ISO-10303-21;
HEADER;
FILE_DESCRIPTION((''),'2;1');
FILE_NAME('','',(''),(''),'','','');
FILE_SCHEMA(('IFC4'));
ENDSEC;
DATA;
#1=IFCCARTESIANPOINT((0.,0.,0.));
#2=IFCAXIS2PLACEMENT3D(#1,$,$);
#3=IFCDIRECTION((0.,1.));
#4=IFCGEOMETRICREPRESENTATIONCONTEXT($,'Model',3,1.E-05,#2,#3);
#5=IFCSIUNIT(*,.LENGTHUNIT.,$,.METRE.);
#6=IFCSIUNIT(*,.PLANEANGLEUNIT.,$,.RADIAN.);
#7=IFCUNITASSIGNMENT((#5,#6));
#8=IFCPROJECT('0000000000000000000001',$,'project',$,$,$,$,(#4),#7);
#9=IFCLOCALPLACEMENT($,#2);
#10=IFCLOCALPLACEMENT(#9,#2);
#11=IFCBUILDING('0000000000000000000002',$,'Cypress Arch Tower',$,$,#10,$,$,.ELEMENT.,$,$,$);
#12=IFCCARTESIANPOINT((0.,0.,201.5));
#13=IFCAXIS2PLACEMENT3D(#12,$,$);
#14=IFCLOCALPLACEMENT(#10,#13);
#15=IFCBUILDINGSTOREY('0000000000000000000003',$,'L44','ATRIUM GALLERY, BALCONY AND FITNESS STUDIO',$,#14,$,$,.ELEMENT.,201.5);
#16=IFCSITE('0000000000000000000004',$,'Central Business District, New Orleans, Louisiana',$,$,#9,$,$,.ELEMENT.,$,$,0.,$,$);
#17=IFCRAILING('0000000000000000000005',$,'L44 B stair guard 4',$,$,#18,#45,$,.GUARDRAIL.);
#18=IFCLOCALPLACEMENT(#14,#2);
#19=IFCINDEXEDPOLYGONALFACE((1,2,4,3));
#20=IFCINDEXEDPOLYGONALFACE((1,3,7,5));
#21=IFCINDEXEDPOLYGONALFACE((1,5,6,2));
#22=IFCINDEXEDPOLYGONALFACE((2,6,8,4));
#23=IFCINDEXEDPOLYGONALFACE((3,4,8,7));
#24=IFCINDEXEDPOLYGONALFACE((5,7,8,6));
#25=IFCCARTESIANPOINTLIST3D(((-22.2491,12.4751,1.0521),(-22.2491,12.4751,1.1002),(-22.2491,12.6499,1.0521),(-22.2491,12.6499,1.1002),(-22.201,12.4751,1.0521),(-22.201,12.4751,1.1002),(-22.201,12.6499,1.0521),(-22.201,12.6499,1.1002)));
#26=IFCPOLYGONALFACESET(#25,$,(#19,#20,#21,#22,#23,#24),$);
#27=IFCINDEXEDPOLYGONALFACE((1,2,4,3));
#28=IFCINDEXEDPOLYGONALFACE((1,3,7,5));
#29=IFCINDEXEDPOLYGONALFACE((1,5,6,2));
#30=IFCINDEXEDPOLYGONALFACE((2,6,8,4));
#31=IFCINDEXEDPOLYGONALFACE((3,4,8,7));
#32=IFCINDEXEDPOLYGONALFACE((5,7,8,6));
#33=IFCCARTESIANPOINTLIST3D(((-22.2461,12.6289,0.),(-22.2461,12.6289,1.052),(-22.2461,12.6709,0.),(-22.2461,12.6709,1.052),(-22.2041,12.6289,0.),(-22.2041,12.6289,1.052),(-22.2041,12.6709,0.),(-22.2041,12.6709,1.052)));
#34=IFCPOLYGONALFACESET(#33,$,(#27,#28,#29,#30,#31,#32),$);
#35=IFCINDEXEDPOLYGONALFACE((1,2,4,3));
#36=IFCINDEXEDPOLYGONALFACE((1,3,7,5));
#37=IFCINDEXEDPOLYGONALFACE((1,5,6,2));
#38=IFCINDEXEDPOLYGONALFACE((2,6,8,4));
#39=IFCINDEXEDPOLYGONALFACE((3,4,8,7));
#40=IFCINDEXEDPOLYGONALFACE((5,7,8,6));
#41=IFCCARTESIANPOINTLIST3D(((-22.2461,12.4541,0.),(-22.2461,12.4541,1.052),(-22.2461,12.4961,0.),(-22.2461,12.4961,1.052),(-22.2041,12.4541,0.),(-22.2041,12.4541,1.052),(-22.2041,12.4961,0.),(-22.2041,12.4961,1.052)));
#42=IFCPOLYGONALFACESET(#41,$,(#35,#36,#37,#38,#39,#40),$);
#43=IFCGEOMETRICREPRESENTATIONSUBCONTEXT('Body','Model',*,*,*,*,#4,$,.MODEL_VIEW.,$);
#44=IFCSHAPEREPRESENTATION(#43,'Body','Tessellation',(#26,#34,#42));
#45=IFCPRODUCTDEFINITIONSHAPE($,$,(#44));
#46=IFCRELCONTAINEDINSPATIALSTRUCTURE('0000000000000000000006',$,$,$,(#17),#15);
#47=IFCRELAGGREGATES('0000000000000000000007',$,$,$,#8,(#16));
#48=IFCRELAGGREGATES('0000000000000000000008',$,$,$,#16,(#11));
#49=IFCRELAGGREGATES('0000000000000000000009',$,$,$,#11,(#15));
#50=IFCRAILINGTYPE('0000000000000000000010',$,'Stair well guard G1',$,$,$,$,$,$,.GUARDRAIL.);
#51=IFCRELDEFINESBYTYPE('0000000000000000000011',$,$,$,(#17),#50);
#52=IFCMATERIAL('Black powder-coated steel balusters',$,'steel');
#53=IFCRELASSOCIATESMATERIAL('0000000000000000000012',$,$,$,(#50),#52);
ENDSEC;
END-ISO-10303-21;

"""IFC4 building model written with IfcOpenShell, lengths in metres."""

from ifc_helpers import new_model, si_unit, direction, frame, origin, origin_2d, place, context, subcontext, project, spatial, rectangle, extrude, material, type_object, element, save


model = new_model("IFC4")

# Units and contexts
model_context = context("Model", 3, precision=1e-05, world=origin(), true_north=direction((0.0, 1.0)))
body_context = subcontext(model_context, "Body", "Model", "MODEL_VIEW")
ifc_project = project(units=[si_unit("LENGTHUNIT", "METRE"), si_unit("PLANEANGLEUNIT", "RADIAN")], contexts=[model_context])

# Site, building, storey
site_placement = place(None, origin())
site = spatial("IfcSite", under=ifc_project, at=site_placement, Name="Central Business District, New Orleans, Louisiana", CompositionType="ELEMENT", RefElevation=0.0)
building_placement = place(site_placement, origin())
building = spatial("IfcBuilding", under=site, at=building_placement, Name="Cypress Arch Tower", CompositionType="ELEMENT")
storey_placement = place(building_placement, frame((0.0, 0.0, 201.5)))
storey = spatial("IfcBuildingStorey", under=building, at=storey_placement, Name="L44", Description="ATRIUM GALLERY, BALCONY AND FITNESS STUDIO", CompositionType="ELEMENT", Elevation=201.5)

# Railing
ifc_material_1 = material(Name="Black powder-coated steel balusters", Category="steel")
railing_type_1 = type_object("IfcRailingType", Name="Stair well guard G1", PredefinedType="GUARDRAIL", material=ifc_material_1)
railing_1_placement = place(storey_placement, frame((-22.2251, 12.6499, 0.0)))
element("IfcRailing", 1, at=railing_1_placement, inside=storey, type_object=railing_type_1, Name="L44 B stair guard 4", PredefinedType="GUARDRAIL", context=body_context, shape_type="SweptSolid", body=[
    extrude(rectangle(XDim=0.0481, YDim=0.0481, at=origin_2d()), frame((0.0, 0.0, 1.0762), z_axis=(0.0, -1.0, 0.0), x_axis=(1.0, 0.0, 0.0)), (0.0, 0.0, 1.0), 0.1748),
    extrude(rectangle(XDim=0.042, YDim=0.042, at=origin_2d()), origin(), (0.0, 0.0, 1.0), 1.052),
    extrude(rectangle(XDim=0.042, YDim=0.042, at=origin_2d()), frame((0.0, -0.1748, 0.0)), (0.0, 0.0, 1.0), 1.052),
])

save(model, "model.ifc")
